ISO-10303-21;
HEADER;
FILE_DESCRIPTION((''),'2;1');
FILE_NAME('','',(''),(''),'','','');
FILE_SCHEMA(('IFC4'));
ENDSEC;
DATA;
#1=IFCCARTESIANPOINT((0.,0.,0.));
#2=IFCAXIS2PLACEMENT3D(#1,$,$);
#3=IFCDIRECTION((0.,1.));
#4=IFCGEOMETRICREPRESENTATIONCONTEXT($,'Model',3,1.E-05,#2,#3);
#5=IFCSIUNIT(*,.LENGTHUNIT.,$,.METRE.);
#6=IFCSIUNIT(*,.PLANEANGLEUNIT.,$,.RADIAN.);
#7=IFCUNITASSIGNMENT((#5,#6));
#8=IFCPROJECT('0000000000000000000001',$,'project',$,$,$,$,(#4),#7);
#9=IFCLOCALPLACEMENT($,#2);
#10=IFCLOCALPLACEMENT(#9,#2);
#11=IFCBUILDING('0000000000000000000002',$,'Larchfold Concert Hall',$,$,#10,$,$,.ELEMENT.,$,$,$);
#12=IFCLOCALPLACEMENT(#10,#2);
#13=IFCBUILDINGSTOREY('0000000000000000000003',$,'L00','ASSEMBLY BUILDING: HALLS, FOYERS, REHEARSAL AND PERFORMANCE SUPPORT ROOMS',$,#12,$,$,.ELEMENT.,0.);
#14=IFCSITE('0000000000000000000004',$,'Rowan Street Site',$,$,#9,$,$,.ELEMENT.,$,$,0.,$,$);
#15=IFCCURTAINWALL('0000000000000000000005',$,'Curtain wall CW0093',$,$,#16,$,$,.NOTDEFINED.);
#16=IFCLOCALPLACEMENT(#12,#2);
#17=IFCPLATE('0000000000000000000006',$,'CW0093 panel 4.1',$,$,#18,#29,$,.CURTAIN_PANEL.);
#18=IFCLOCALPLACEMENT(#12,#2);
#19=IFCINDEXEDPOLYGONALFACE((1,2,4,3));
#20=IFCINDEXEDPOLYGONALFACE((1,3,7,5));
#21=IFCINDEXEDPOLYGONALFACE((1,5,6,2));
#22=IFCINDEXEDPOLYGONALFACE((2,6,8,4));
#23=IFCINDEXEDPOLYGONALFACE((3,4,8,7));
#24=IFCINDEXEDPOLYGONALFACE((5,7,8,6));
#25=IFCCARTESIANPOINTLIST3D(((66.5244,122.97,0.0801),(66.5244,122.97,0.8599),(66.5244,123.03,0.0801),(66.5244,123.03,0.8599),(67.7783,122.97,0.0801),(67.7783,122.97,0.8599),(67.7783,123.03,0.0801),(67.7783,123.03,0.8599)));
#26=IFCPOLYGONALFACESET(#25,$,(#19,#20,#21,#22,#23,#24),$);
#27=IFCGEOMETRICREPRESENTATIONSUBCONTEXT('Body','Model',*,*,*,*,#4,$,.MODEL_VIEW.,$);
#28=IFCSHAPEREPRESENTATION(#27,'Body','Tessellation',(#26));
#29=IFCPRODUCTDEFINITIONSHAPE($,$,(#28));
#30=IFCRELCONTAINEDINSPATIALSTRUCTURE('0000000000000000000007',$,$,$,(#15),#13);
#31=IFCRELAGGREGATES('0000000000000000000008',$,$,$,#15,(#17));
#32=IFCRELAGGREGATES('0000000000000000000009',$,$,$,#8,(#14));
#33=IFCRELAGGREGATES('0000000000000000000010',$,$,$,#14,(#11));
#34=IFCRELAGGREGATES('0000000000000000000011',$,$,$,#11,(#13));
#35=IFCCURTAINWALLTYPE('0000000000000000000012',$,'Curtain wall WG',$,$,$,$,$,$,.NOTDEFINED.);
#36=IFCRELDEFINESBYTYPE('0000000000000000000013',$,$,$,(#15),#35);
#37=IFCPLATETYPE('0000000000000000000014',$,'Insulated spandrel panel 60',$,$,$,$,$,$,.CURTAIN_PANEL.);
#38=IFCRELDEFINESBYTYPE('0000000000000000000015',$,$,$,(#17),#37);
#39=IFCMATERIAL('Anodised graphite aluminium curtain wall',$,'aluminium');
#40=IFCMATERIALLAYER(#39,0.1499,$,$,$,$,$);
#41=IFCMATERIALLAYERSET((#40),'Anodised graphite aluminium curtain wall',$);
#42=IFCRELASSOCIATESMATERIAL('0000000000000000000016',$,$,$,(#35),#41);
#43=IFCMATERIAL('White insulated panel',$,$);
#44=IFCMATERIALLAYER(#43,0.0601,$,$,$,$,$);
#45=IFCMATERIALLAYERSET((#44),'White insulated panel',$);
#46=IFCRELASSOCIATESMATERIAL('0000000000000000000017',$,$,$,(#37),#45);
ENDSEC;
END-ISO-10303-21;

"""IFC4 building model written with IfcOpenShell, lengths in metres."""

from ifc_helpers import new_model, si_unit, direction, frame, origin, origin_2d, place, context, subcontext, project, spatial, rectangle, extrude, material, layer, layer_set, type_object, element, aggregate, save


model = new_model("IFC4")

# Units and contexts
model_context = context("Model", 3, precision=1e-05, world=origin(), true_north=direction((0.0, 1.0)))
body_context = subcontext(model_context, "Body", "Model", "MODEL_VIEW")
ifc_project = project(units=[si_unit("LENGTHUNIT", "METRE"), si_unit("PLANEANGLEUNIT", "RADIAN")], contexts=[model_context])

# Site, building, storey
site_placement = place(None, origin())
site = spatial("IfcSite", under=ifc_project, at=site_placement, Name="Rowan Street Site", CompositionType="ELEMENT", RefElevation=0.0)
building_placement = place(site_placement, origin())
building = spatial("IfcBuilding", under=site, at=building_placement, Name="Larchfold Concert Hall", CompositionType="ELEMENT")
storey_placement = place(building_placement, origin())
storey = spatial("IfcBuildingStorey", under=building, at=storey_placement, Name="L00", Description="ASSEMBLY BUILDING: HALLS, FOYERS, REHEARSAL AND PERFORMANCE SUPPORT ROOMS", CompositionType="ELEMENT", Elevation=0.0)

# Shared definitions
ifc_material_1 = material(Name="Anodised graphite aluminium curtain wall", Category="aluminium")
ifc_layer_1 = layer(ifc_material_1, 0.1499)
ifc_layer_set_1 = layer_set([ifc_layer_1], Name="Anodised graphite aluminium curtain wall")
curtain_wall_type = type_object("IfcCurtainWallType", Name="Curtain wall WG", PredefinedType="NOTDEFINED", material=ifc_layer_set_1)

# Curtain wall, plate
curtain_wall_1_placement = place(storey_placement, origin())
curtain_wall_1 = element("IfcCurtainWall", 1, at=curtain_wall_1_placement, inside=storey, type_object=curtain_wall_type, Name="Curtain wall CW0093", PredefinedType="NOTDEFINED")
ifc_material_2 = material(Name="White insulated panel")
ifc_layer_2 = layer(ifc_material_2, 0.0601)
ifc_layer_set_2 = layer_set([ifc_layer_2], Name="White insulated panel")
plate_type_1 = type_object("IfcPlateType", Name="Insulated spandrel panel 60", PredefinedType="CURTAIN_PANEL", material=ifc_layer_set_2)
plate_1_placement = place(storey_placement, frame((67.1514, 123.0, 0.0801), z_axis=(0.0, 0.0, 1.0), x_axis=(1.0, 0.0, 0.0)))
plate_1 = element("IfcPlate", 2, at=plate_1_placement, type_object=plate_type_1, Name="CW0093 panel 4.1", PredefinedType="CURTAIN_PANEL", context=body_context, shape_type="SweptSolid", body=[
    extrude(rectangle(XDim=1.2539, YDim=0.0601, at=origin_2d()), origin(), (0.0, 0.0, 1.0), 0.7798),
])
aggregate(curtain_wall_1, [plate_1])

save(model, "model.ifc")
